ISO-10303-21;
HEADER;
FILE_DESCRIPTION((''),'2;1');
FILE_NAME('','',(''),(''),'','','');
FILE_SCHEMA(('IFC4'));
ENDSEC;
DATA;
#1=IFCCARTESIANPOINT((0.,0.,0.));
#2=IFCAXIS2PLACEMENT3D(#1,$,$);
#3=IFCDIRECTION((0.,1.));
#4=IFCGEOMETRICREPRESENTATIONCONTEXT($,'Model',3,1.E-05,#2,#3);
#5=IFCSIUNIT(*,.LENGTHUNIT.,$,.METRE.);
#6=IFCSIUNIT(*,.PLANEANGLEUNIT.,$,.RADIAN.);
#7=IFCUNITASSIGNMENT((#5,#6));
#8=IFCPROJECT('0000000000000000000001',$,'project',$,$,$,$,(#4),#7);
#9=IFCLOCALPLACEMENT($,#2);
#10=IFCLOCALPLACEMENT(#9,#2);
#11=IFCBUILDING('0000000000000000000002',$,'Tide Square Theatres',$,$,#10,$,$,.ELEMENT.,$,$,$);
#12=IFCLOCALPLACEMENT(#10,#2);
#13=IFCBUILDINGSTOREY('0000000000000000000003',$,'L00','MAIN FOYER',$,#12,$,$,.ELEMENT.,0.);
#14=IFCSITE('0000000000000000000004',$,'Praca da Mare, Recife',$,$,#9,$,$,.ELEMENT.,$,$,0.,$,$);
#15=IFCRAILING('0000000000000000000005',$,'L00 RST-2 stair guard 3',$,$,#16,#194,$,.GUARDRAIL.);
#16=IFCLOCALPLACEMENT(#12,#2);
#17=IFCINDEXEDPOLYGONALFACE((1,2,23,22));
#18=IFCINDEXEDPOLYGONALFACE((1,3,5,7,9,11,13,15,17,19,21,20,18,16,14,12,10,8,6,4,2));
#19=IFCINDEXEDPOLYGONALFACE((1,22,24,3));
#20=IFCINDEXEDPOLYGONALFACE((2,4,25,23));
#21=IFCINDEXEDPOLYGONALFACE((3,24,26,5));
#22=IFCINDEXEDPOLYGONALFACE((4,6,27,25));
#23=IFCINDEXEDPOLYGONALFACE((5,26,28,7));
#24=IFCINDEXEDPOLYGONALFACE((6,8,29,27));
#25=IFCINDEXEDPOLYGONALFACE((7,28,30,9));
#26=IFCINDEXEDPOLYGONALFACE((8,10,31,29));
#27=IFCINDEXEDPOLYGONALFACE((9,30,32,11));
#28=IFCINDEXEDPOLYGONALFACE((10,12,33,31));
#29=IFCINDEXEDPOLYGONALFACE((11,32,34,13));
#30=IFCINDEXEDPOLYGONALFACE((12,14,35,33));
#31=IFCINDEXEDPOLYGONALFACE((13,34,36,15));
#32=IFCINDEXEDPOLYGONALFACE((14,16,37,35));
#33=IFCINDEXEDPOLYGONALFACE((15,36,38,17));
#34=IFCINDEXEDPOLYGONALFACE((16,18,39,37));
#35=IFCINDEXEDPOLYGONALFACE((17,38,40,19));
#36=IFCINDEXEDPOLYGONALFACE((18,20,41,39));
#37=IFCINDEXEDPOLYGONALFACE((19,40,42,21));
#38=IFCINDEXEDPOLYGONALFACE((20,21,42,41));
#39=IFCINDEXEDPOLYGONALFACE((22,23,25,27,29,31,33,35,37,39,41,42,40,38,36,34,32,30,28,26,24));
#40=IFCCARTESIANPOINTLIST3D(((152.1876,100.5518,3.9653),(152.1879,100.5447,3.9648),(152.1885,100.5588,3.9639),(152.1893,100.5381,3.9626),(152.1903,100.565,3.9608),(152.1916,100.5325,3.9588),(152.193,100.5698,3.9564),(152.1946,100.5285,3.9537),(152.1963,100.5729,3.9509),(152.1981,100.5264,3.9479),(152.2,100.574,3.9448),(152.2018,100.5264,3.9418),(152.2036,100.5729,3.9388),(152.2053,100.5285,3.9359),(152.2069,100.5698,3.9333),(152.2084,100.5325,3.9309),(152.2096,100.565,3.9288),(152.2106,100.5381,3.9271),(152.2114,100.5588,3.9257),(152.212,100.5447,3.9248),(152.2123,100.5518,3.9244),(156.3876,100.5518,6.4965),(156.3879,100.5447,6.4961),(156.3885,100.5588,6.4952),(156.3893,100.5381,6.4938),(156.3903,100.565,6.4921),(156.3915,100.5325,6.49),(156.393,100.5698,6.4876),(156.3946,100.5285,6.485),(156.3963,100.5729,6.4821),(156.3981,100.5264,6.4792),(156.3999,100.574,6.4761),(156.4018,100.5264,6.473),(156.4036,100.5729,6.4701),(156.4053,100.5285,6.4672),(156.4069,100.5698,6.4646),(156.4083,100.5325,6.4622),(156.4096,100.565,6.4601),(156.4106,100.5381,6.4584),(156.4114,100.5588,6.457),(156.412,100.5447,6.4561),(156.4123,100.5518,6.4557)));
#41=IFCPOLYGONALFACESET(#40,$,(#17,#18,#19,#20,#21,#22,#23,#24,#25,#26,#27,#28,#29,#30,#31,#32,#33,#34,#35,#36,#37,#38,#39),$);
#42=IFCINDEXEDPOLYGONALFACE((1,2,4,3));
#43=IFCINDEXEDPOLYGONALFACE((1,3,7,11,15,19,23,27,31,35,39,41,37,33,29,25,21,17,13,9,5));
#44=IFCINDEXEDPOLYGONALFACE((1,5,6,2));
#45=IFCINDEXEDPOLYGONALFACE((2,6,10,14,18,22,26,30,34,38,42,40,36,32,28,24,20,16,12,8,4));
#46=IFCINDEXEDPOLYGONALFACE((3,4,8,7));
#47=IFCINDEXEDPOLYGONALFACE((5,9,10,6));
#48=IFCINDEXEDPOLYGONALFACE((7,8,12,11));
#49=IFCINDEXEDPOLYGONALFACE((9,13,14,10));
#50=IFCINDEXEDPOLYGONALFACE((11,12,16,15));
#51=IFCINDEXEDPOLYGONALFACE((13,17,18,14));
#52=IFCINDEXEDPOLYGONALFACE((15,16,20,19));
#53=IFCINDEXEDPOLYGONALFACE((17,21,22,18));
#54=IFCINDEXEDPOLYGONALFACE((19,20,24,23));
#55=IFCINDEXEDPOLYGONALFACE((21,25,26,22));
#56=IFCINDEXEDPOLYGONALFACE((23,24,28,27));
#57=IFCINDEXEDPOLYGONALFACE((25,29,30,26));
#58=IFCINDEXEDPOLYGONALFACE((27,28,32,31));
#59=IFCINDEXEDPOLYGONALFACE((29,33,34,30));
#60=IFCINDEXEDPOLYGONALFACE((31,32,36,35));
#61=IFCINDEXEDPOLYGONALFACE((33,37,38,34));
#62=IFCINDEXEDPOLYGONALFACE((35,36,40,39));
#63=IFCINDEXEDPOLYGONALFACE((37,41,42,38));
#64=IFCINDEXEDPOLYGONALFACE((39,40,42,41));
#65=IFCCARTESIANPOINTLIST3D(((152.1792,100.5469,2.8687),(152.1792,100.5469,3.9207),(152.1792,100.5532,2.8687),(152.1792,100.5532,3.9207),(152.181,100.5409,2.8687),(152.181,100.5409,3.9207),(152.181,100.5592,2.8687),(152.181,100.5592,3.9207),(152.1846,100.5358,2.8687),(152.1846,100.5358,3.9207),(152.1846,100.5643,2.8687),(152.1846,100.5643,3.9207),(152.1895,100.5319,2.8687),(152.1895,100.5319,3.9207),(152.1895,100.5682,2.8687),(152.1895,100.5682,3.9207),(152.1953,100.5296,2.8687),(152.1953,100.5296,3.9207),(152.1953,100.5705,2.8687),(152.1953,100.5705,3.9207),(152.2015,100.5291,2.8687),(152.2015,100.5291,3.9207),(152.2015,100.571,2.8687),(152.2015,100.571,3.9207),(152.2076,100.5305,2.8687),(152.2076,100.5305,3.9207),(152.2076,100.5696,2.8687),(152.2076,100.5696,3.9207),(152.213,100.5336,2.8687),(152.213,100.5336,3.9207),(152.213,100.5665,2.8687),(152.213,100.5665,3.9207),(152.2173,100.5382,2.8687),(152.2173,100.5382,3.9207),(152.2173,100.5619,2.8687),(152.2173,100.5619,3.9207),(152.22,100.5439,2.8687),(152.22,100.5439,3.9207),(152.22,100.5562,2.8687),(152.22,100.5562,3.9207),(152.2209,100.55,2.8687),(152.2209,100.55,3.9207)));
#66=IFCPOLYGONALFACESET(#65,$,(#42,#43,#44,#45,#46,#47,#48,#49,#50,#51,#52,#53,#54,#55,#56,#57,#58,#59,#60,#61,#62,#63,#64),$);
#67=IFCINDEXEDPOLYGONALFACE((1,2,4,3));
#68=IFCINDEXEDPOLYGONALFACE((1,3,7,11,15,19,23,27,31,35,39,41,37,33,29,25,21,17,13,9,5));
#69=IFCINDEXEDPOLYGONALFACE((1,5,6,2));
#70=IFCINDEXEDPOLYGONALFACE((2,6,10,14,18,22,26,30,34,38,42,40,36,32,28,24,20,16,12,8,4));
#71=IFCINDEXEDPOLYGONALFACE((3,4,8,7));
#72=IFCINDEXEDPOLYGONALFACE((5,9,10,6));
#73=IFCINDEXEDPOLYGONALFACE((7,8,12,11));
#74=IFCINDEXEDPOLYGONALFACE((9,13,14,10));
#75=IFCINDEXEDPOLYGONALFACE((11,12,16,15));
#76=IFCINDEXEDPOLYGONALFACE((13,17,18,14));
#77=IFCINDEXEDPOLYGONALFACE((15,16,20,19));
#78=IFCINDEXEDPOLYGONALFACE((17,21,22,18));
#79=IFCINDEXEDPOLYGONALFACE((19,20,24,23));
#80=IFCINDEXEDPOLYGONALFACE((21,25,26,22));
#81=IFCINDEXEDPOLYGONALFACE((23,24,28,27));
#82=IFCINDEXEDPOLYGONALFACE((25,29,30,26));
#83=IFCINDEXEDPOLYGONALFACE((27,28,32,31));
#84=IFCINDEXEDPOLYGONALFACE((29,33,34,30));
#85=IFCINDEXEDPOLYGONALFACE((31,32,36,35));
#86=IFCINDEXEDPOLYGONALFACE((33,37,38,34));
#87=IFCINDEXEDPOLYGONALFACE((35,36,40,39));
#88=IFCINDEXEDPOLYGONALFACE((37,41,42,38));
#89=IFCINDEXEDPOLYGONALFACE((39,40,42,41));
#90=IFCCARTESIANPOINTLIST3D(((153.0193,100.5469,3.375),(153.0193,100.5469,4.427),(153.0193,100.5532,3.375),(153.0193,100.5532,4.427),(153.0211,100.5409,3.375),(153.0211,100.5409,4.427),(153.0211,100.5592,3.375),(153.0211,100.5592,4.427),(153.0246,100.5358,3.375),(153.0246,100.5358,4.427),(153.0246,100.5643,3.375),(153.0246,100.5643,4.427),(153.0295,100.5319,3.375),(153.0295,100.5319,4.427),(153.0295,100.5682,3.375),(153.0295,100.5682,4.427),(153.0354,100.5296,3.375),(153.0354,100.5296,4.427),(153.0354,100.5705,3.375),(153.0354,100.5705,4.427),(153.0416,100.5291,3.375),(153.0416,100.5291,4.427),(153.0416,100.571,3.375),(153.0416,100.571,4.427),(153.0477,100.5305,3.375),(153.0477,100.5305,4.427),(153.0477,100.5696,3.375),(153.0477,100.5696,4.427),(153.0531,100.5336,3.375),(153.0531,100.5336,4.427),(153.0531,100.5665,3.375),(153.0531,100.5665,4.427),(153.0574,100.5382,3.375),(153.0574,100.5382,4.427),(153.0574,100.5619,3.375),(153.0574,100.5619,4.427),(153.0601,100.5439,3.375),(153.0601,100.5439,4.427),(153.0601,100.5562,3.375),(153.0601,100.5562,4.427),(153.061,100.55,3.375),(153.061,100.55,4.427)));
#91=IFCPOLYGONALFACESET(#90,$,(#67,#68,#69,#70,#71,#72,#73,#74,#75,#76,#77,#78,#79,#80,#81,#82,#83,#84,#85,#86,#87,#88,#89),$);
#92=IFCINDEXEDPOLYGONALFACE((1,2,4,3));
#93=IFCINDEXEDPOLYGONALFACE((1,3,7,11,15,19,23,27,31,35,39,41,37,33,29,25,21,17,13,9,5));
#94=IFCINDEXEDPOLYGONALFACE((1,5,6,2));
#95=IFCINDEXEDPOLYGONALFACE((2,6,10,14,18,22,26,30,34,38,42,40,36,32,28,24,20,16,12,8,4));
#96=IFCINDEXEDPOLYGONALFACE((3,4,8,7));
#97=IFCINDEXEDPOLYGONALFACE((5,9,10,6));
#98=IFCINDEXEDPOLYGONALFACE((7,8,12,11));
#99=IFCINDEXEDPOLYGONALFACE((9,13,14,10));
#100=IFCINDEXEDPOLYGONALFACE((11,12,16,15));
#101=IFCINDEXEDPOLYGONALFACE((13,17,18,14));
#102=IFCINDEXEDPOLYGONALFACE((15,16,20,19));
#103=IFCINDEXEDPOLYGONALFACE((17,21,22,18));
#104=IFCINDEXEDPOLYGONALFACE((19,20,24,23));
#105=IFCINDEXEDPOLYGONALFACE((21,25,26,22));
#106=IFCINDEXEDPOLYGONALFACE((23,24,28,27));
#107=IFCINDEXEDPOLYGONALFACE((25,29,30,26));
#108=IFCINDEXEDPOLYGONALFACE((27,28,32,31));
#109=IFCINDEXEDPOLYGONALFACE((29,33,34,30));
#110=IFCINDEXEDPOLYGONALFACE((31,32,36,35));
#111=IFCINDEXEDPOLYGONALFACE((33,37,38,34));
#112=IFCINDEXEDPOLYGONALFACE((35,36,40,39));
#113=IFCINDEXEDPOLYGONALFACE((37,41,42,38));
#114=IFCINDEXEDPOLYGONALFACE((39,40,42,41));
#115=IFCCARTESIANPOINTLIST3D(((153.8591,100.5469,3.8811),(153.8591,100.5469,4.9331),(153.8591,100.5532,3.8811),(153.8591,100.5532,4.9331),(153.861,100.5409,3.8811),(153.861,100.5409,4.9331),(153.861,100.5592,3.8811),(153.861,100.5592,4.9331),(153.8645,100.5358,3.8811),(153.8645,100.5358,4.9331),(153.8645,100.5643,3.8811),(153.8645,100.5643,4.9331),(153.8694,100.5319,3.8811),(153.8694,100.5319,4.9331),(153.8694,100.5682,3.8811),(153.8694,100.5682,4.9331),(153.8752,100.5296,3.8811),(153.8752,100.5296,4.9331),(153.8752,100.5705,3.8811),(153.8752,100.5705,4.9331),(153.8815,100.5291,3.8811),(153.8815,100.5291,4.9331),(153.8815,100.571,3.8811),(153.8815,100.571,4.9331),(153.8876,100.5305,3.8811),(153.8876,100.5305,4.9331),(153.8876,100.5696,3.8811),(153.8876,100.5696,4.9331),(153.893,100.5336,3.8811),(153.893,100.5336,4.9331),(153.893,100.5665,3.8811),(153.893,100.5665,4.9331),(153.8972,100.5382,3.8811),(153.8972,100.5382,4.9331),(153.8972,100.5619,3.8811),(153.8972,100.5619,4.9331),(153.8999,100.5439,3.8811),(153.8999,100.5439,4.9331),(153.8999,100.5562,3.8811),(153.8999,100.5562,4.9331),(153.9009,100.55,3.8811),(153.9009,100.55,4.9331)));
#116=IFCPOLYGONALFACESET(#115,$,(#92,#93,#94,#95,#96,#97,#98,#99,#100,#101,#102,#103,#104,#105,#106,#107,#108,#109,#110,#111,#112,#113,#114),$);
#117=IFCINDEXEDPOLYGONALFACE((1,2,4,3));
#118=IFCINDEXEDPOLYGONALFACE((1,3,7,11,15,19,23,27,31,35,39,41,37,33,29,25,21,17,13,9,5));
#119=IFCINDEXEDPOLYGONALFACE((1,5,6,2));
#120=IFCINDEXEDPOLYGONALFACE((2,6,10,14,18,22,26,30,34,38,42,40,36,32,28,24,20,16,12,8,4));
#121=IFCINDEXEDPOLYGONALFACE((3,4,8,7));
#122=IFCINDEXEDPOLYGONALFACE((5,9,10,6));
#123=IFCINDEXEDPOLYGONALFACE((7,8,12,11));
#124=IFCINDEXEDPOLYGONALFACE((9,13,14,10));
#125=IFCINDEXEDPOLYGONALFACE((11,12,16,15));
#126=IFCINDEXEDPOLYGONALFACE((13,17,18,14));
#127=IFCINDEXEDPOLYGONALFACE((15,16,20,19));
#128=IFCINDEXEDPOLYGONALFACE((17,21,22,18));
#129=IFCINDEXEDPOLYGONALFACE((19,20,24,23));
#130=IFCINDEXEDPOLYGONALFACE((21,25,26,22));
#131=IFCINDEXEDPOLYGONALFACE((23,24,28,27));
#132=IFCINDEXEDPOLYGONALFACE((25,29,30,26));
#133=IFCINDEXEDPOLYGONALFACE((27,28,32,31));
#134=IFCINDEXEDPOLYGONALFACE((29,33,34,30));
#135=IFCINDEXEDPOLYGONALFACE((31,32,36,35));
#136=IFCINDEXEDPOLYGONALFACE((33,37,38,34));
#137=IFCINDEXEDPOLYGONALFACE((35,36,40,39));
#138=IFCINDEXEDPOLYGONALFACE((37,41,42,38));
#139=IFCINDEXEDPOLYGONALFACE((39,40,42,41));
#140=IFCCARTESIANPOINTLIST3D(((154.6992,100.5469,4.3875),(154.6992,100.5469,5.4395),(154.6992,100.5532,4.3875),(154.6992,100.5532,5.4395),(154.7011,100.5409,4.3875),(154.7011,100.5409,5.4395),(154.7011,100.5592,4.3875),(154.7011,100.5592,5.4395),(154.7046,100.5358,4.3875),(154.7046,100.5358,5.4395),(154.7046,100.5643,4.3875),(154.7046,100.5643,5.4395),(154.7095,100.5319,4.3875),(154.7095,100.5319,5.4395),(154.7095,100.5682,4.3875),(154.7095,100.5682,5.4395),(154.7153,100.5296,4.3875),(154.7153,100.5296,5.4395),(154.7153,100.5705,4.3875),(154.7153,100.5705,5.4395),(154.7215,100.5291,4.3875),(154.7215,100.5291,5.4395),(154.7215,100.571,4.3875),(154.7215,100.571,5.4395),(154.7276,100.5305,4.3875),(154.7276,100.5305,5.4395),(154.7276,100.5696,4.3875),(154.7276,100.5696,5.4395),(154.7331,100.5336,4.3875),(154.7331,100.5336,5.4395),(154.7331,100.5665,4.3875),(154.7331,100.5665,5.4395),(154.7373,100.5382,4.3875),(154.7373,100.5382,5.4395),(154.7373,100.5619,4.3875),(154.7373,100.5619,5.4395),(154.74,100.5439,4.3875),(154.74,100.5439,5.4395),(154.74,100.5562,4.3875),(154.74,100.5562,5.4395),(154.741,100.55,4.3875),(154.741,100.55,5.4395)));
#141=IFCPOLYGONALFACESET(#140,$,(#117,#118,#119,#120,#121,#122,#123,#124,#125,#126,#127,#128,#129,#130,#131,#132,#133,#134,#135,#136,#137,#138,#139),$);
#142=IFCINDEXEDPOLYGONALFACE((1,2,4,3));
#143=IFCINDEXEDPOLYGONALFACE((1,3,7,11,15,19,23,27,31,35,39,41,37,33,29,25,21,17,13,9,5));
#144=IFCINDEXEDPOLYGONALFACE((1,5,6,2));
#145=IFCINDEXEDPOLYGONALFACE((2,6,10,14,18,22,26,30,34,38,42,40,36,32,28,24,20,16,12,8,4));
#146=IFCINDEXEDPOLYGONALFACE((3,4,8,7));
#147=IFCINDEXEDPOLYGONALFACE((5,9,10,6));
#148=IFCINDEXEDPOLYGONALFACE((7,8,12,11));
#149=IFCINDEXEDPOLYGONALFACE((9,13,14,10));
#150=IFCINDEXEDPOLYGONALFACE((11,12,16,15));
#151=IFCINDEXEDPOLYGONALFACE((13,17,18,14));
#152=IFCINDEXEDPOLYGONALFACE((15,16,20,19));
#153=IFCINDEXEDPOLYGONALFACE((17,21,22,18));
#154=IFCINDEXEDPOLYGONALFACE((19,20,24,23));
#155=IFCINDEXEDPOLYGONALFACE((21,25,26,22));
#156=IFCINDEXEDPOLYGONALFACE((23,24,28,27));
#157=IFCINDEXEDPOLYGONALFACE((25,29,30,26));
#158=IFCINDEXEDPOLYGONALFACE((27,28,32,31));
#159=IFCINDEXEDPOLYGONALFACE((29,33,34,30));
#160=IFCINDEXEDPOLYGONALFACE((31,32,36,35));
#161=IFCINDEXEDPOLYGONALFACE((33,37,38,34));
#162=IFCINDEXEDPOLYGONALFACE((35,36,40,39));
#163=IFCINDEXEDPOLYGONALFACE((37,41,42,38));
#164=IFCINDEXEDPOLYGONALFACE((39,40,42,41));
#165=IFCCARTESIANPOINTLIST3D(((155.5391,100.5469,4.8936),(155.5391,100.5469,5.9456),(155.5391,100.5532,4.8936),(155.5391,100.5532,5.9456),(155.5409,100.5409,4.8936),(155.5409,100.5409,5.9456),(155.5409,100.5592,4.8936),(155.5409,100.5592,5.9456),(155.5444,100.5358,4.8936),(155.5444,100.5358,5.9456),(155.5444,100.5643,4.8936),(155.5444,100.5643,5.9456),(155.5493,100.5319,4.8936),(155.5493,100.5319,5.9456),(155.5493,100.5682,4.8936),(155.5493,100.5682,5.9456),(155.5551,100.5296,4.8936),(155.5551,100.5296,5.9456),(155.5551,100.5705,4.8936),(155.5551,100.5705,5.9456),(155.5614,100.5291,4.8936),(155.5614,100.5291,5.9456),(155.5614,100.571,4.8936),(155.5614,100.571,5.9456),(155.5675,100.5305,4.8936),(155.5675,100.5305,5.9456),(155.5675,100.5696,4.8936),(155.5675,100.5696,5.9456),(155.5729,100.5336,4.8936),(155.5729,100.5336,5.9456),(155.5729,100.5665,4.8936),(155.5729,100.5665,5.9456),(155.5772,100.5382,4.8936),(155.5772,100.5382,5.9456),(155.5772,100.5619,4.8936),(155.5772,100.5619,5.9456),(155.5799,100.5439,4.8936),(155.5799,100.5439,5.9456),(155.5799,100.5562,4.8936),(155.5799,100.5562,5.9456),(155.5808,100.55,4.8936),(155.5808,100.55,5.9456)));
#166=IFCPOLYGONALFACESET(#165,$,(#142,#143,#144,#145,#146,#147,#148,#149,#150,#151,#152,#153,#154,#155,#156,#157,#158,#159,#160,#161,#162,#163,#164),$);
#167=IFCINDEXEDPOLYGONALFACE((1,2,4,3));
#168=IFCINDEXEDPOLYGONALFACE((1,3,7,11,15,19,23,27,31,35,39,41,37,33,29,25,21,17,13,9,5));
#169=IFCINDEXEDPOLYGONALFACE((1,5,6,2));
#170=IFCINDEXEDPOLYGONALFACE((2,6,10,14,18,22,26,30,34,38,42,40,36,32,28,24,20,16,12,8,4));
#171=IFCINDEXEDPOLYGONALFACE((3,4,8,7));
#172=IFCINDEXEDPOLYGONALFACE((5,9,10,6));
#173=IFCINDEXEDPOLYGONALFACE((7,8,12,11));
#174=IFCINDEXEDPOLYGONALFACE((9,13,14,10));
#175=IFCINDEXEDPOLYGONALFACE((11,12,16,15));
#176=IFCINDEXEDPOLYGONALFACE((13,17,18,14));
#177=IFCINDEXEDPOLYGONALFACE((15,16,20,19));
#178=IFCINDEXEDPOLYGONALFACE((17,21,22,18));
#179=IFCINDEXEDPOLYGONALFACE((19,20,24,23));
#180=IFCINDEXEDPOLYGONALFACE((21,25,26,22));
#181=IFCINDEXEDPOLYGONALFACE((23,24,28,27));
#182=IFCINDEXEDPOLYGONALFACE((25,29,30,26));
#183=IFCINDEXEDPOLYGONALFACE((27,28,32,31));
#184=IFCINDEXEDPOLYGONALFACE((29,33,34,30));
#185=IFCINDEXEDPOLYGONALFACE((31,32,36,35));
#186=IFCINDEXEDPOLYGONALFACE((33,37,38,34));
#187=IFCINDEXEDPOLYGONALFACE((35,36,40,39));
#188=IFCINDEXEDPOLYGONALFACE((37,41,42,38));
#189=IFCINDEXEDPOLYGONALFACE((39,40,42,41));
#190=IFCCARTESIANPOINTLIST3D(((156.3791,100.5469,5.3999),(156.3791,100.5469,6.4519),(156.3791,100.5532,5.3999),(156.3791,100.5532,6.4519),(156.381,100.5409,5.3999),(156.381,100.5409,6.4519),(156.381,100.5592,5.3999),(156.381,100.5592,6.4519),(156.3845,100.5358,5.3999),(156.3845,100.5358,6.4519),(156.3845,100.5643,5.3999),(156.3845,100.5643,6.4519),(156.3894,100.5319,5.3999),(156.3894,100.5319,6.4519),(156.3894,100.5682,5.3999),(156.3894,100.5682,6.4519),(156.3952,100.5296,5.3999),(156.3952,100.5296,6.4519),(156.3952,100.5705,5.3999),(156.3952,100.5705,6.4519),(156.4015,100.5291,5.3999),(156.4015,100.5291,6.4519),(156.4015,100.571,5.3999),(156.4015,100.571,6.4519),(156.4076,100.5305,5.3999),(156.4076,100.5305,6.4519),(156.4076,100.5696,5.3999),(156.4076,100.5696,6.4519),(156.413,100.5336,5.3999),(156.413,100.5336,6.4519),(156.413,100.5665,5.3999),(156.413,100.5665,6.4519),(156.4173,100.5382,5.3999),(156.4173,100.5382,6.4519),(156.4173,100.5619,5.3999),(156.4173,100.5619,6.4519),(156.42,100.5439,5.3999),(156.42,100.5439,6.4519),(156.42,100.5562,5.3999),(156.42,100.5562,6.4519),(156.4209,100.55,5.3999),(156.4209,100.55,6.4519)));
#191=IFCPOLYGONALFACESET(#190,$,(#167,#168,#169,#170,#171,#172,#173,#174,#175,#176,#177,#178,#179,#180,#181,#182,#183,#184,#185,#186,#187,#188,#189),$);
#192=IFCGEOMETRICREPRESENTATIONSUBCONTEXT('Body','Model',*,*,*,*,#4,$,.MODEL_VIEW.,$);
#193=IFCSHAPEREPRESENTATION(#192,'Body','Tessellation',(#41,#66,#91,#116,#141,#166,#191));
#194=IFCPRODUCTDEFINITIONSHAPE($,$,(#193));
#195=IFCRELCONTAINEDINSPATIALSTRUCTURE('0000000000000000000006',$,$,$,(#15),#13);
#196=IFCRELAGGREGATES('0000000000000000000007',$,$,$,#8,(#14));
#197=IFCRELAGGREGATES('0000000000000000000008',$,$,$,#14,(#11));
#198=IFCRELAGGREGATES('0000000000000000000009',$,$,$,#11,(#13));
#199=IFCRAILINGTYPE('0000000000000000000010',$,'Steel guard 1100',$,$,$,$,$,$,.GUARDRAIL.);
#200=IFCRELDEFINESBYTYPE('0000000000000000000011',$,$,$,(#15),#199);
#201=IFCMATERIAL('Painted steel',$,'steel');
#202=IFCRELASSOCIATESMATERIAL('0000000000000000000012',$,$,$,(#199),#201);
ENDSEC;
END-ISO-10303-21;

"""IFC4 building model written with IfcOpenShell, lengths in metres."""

from ifc_helpers import new_model, si_unit, direction, frame, origin, origin_2d, place, context, subcontext, project, spatial, circle, extrude, material, type_object, element, save


model = new_model("IFC4")

# Units and contexts
model_context = context("Model", 3, precision=1e-05, world=origin(), true_north=direction((0.0, 1.0)))
body_context = subcontext(model_context, "Body", "Model", "MODEL_VIEW")
ifc_project = project(units=[si_unit("LENGTHUNIT", "METRE"), si_unit("PLANEANGLEUNIT", "RADIAN")], contexts=[model_context])

# Site, building, storey
site_placement = place(None, origin())
site = spatial("IfcSite", under=ifc_project, at=site_placement, Name="Praca da Mare, Recife", CompositionType="ELEMENT", RefElevation=0.0)
building_placement = place(site_placement, origin())
building = spatial("IfcBuilding", under=site, at=building_placement, Name="Tide Square Theatres", CompositionType="ELEMENT")
storey_placement = place(building_placement, origin())
storey = spatial("IfcBuildingStorey", under=building, at=storey_placement, Name="L00", Description="MAIN FOYER", CompositionType="ELEMENT", Elevation=0.0)

# Railing
ifc_material_1 = material(Name="Painted steel", Category="steel")
railing_type_1 = type_object("IfcRailingType", Name="Steel guard 1100", PredefinedType="GUARDRAIL", material=ifc_material_1)
railing_1_placement = place(storey_placement, frame((152.2, 100.55, 2.8687)))
element("IfcRailing", 1, at=railing_1_placement, inside=storey, type_object=railing_type_1, Name="L00 RST-2 stair guard 3", PredefinedType="GUARDRAIL", context=body_context, shape_type="SweptSolid", body=[
    extrude(circle(Radius=0.0239, at=origin_2d()), frame((0.0, 0.0, 1.0762), z_axis=(0.856476, 0.0, 0.516186), x_axis=(0.0, 1.0, 0.0)), (0.0, 0.0, 1.0), 4.9038),
    extrude(circle(Radius=0.021, at=origin_2d()), origin(), (0.0, 0.0, 1.0), 1.052),
    extrude(circle(Radius=0.021, at=origin_2d()), frame((0.8401, 0.0, 0.5063)), (0.0, 0.0, 1.0), 1.052),
    extrude(circle(Radius=0.021, at=origin_2d()), frame((1.6799, 0.0, 1.0125)), (0.0, 0.0, 1.0), 1.052),
    extrude(circle(Radius=0.021, at=origin_2d()), frame((2.52, 0.0, 1.5188)), (0.0, 0.0, 1.0), 1.052),
    extrude(circle(Radius=0.021, at=origin_2d()), frame((3.3599, 0.0, 2.0249)), (0.0, 0.0, 1.0), 1.052),
    extrude(circle(Radius=0.021, at=origin_2d()), frame((4.2, 0.0, 2.5312)), (0.0, 0.0, 1.0), 1.052),
])

save(model, "model.ifc")
